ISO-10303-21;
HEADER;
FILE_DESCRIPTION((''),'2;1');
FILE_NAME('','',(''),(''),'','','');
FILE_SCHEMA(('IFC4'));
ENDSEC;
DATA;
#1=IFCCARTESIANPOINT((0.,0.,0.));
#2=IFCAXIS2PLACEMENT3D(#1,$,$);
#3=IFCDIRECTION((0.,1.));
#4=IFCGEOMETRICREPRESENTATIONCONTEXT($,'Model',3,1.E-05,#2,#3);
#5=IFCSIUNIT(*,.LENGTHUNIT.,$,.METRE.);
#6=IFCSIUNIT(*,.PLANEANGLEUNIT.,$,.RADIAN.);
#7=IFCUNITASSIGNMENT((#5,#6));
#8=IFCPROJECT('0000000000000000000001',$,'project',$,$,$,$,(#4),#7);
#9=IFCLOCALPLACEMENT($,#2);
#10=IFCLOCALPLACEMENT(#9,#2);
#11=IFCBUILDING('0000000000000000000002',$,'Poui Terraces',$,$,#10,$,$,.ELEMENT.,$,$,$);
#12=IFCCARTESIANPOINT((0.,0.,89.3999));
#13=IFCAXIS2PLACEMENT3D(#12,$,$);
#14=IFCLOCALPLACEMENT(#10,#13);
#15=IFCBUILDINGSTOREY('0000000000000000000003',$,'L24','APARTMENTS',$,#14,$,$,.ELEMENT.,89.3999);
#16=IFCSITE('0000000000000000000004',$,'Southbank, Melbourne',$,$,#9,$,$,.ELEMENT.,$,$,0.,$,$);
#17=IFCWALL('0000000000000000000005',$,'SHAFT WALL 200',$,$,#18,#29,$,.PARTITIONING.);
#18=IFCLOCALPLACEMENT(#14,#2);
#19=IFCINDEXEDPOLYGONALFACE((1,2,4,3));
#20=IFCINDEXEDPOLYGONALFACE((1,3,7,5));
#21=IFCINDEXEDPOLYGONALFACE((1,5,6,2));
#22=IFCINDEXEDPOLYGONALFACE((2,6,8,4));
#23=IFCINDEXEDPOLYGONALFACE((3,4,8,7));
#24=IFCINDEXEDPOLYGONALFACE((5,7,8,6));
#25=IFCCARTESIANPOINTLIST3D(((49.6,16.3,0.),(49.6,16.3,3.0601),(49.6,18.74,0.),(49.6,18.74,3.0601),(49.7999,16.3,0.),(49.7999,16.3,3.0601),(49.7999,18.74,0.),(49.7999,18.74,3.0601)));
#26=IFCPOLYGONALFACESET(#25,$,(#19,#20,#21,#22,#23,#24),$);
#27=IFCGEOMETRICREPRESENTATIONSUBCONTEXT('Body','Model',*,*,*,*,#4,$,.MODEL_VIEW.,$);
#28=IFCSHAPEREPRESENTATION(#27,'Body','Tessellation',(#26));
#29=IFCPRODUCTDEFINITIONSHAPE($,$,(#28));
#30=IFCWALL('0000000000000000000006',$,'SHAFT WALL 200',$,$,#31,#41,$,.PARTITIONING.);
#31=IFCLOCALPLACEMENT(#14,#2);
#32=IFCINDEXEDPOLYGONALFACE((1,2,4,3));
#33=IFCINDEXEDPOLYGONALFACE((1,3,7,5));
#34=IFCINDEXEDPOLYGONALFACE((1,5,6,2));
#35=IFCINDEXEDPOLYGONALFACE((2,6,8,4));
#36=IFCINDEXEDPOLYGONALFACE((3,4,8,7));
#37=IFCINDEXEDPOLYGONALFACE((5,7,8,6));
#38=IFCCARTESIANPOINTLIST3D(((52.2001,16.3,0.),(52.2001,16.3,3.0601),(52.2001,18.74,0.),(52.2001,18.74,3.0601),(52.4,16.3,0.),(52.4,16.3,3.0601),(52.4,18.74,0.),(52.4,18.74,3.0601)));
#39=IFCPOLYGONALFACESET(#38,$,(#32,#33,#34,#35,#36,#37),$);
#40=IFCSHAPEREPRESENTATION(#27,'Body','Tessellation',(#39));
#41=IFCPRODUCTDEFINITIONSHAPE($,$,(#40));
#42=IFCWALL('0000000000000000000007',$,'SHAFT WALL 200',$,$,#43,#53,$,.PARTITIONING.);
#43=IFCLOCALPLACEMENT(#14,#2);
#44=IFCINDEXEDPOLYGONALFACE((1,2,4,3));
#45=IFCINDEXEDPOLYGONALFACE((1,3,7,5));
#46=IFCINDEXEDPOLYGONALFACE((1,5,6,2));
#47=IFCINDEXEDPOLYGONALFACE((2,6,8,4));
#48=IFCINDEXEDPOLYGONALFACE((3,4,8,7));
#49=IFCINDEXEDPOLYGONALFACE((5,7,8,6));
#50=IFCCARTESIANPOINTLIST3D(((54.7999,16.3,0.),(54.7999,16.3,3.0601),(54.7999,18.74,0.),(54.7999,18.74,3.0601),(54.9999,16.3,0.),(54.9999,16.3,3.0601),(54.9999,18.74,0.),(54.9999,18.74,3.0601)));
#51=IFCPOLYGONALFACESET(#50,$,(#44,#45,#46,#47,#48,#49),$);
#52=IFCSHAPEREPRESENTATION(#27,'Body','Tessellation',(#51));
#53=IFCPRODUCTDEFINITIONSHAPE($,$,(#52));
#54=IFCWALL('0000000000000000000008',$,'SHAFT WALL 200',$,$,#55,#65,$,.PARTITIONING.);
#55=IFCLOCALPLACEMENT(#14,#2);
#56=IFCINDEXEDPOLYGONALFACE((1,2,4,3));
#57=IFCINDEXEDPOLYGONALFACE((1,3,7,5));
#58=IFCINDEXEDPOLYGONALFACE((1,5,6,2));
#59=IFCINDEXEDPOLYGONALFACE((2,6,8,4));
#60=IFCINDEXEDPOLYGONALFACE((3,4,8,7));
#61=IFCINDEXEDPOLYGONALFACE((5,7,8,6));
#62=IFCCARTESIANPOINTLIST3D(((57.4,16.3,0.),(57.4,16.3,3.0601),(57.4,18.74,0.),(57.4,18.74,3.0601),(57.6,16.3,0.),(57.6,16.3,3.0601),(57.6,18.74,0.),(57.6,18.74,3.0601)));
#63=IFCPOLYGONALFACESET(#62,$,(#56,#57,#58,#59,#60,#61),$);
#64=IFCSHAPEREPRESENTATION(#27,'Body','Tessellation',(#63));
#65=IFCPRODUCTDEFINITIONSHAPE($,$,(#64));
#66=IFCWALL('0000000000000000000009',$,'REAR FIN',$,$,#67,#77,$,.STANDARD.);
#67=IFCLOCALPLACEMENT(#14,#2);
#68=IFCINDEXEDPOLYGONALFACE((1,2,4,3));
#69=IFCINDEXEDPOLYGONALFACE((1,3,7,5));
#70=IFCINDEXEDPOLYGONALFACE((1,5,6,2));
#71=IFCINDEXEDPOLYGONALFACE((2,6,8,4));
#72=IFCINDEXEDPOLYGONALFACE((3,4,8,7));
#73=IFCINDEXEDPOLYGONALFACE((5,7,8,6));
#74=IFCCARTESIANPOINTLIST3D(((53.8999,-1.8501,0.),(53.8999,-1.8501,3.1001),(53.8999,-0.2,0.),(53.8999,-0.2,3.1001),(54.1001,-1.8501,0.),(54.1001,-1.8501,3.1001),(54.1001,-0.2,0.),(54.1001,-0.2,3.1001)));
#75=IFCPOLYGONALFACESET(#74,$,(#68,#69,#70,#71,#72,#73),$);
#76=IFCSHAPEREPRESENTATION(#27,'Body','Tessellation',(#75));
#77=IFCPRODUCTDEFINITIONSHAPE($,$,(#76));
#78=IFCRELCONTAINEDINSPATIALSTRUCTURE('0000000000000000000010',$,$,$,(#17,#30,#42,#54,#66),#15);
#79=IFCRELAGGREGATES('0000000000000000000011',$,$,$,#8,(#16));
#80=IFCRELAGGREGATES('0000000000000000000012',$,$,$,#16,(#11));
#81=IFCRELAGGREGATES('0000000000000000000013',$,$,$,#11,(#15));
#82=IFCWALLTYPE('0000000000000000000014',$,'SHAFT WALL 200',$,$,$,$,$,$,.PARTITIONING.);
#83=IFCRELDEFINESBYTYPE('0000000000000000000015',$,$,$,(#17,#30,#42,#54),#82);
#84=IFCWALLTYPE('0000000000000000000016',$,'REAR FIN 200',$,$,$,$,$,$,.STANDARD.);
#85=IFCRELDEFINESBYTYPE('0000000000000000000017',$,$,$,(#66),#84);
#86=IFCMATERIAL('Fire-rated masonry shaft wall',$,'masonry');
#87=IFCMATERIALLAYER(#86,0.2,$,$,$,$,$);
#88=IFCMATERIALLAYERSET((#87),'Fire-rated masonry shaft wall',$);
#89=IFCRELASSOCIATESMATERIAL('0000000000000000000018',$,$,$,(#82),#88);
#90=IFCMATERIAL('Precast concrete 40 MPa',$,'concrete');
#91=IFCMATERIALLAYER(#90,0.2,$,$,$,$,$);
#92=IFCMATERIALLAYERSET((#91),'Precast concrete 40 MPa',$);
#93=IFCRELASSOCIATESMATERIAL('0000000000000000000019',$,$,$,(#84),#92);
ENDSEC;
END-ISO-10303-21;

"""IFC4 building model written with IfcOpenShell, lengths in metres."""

from ifc_helpers import new_model, si_unit, direction, frame, frame_2d, origin, place, context, subcontext, project, spatial, polyline, rectangle, outline, extrude, source, transform, mapped, material, layer, layer_set, type_object, element, save


model = new_model("IFC4")

# Units and contexts
model_context = context("Model", 3, precision=1e-05, world=origin(), true_north=direction((0.0, 1.0)))
body_context = subcontext(model_context, "Body", "Model", "MODEL_VIEW")
ifc_project = project(units=[si_unit("LENGTHUNIT", "METRE"), si_unit("PLANEANGLEUNIT", "RADIAN")], contexts=[model_context])

# Site, building, storey
site_placement = place(None, origin())
site = spatial("IfcSite", under=ifc_project, at=site_placement, Name="Southbank, Melbourne", CompositionType="ELEMENT", RefElevation=0.0)
building_placement = place(site_placement, origin())
building = spatial("IfcBuilding", under=site, at=building_placement, Name="Poui Terraces", CompositionType="ELEMENT")
storey_placement = place(building_placement, frame((0.0, 0.0, 89.3999)))
storey = spatial("IfcBuildingStorey", under=building, at=storey_placement, Name="L24", Description="APARTMENTS", CompositionType="ELEMENT", Elevation=89.3999)

# Shared definitions
ifc_material_1 = material(Name="Precast concrete 40 MPa", Category="concrete")

# Walls
ifc_material_2 = material(Name="Fire-rated masonry shaft wall", Category="masonry")
ifc_layer_1 = layer(ifc_material_2, 0.2)
ifc_layer_set_1 = layer_set([ifc_layer_1], Name="Fire-rated masonry shaft wall")
wall_type_1 = type_object("IfcWallType", Name="SHAFT WALL 200", PredefinedType="PARTITIONING", material=ifc_layer_set_1)
for number, where, z_axis, x_axis, name in (
    (1, (49.7, 16.3, 0.0), (0.0, 0.0, 1.0), (0.0, 1.0, 0.0), "SHAFT WALL 200"),
    (2, (52.3, 16.3, 0.0), (0.0, 0.0, 1.0), (0.0, 1.0, 0.0), "SHAFT WALL 200"),
    (3, (54.8999, 16.3, 0.0), (0.0, 0.0, 1.0), (0.0, 1.0, 0.0), "SHAFT WALL 200"),
    (4, (57.5, 16.3, 0.0), (0.0, 0.0, 1.0), (0.0, 1.0, 0.0), "SHAFT WALL 200"),
):
    element("IfcWall", number, at=place(storey_placement, frame(where, z_axis=z_axis, x_axis=x_axis)), inside=storey, type_object=wall_type_1, Name=name, PredefinedType="PARTITIONING", context=body_context, shape_type="SweptSolid", body=[
        extrude(rectangle(XDim=2.4399, YDim=0.2, at=frame_2d((1.22, 0.0))), origin(), (0.0, 0.0, 1.0), 3.0601),
    ])
ifc_layer_2 = layer(ifc_material_1, 0.2)
ifc_layer_set_2 = layer_set([ifc_layer_2], Name="Precast concrete 40 MPa")
wall_type_2 = type_object("IfcWallType", Name="REAR FIN 200", PredefinedType="STANDARD", material=ifc_layer_set_2)
shared_shape_1 = source(origin(), body_context, "Body", "SweptSolid", [
    extrude(outline(polyline([(0.0, 0.0), (0.2002, 0.0), (0.2002, 1.6501), (0.0, 1.6501), (0.0, 0.0)])), origin(), (0.0, 0.0, 1.0), 3.1001),
])
wall_1_placement = place(storey_placement, frame((53.8999, -1.8501, 0.0)))
element("IfcWall", 5, at=wall_1_placement, inside=storey, type_object=wall_type_2, Name="REAR FIN", PredefinedType="STANDARD", context=body_context, shape_type="MappedRepresentation", body=[
    mapped(shared_shape_1, transform((0.0, 0.0, 0.0))),
])

save(model, "model.ifc")
